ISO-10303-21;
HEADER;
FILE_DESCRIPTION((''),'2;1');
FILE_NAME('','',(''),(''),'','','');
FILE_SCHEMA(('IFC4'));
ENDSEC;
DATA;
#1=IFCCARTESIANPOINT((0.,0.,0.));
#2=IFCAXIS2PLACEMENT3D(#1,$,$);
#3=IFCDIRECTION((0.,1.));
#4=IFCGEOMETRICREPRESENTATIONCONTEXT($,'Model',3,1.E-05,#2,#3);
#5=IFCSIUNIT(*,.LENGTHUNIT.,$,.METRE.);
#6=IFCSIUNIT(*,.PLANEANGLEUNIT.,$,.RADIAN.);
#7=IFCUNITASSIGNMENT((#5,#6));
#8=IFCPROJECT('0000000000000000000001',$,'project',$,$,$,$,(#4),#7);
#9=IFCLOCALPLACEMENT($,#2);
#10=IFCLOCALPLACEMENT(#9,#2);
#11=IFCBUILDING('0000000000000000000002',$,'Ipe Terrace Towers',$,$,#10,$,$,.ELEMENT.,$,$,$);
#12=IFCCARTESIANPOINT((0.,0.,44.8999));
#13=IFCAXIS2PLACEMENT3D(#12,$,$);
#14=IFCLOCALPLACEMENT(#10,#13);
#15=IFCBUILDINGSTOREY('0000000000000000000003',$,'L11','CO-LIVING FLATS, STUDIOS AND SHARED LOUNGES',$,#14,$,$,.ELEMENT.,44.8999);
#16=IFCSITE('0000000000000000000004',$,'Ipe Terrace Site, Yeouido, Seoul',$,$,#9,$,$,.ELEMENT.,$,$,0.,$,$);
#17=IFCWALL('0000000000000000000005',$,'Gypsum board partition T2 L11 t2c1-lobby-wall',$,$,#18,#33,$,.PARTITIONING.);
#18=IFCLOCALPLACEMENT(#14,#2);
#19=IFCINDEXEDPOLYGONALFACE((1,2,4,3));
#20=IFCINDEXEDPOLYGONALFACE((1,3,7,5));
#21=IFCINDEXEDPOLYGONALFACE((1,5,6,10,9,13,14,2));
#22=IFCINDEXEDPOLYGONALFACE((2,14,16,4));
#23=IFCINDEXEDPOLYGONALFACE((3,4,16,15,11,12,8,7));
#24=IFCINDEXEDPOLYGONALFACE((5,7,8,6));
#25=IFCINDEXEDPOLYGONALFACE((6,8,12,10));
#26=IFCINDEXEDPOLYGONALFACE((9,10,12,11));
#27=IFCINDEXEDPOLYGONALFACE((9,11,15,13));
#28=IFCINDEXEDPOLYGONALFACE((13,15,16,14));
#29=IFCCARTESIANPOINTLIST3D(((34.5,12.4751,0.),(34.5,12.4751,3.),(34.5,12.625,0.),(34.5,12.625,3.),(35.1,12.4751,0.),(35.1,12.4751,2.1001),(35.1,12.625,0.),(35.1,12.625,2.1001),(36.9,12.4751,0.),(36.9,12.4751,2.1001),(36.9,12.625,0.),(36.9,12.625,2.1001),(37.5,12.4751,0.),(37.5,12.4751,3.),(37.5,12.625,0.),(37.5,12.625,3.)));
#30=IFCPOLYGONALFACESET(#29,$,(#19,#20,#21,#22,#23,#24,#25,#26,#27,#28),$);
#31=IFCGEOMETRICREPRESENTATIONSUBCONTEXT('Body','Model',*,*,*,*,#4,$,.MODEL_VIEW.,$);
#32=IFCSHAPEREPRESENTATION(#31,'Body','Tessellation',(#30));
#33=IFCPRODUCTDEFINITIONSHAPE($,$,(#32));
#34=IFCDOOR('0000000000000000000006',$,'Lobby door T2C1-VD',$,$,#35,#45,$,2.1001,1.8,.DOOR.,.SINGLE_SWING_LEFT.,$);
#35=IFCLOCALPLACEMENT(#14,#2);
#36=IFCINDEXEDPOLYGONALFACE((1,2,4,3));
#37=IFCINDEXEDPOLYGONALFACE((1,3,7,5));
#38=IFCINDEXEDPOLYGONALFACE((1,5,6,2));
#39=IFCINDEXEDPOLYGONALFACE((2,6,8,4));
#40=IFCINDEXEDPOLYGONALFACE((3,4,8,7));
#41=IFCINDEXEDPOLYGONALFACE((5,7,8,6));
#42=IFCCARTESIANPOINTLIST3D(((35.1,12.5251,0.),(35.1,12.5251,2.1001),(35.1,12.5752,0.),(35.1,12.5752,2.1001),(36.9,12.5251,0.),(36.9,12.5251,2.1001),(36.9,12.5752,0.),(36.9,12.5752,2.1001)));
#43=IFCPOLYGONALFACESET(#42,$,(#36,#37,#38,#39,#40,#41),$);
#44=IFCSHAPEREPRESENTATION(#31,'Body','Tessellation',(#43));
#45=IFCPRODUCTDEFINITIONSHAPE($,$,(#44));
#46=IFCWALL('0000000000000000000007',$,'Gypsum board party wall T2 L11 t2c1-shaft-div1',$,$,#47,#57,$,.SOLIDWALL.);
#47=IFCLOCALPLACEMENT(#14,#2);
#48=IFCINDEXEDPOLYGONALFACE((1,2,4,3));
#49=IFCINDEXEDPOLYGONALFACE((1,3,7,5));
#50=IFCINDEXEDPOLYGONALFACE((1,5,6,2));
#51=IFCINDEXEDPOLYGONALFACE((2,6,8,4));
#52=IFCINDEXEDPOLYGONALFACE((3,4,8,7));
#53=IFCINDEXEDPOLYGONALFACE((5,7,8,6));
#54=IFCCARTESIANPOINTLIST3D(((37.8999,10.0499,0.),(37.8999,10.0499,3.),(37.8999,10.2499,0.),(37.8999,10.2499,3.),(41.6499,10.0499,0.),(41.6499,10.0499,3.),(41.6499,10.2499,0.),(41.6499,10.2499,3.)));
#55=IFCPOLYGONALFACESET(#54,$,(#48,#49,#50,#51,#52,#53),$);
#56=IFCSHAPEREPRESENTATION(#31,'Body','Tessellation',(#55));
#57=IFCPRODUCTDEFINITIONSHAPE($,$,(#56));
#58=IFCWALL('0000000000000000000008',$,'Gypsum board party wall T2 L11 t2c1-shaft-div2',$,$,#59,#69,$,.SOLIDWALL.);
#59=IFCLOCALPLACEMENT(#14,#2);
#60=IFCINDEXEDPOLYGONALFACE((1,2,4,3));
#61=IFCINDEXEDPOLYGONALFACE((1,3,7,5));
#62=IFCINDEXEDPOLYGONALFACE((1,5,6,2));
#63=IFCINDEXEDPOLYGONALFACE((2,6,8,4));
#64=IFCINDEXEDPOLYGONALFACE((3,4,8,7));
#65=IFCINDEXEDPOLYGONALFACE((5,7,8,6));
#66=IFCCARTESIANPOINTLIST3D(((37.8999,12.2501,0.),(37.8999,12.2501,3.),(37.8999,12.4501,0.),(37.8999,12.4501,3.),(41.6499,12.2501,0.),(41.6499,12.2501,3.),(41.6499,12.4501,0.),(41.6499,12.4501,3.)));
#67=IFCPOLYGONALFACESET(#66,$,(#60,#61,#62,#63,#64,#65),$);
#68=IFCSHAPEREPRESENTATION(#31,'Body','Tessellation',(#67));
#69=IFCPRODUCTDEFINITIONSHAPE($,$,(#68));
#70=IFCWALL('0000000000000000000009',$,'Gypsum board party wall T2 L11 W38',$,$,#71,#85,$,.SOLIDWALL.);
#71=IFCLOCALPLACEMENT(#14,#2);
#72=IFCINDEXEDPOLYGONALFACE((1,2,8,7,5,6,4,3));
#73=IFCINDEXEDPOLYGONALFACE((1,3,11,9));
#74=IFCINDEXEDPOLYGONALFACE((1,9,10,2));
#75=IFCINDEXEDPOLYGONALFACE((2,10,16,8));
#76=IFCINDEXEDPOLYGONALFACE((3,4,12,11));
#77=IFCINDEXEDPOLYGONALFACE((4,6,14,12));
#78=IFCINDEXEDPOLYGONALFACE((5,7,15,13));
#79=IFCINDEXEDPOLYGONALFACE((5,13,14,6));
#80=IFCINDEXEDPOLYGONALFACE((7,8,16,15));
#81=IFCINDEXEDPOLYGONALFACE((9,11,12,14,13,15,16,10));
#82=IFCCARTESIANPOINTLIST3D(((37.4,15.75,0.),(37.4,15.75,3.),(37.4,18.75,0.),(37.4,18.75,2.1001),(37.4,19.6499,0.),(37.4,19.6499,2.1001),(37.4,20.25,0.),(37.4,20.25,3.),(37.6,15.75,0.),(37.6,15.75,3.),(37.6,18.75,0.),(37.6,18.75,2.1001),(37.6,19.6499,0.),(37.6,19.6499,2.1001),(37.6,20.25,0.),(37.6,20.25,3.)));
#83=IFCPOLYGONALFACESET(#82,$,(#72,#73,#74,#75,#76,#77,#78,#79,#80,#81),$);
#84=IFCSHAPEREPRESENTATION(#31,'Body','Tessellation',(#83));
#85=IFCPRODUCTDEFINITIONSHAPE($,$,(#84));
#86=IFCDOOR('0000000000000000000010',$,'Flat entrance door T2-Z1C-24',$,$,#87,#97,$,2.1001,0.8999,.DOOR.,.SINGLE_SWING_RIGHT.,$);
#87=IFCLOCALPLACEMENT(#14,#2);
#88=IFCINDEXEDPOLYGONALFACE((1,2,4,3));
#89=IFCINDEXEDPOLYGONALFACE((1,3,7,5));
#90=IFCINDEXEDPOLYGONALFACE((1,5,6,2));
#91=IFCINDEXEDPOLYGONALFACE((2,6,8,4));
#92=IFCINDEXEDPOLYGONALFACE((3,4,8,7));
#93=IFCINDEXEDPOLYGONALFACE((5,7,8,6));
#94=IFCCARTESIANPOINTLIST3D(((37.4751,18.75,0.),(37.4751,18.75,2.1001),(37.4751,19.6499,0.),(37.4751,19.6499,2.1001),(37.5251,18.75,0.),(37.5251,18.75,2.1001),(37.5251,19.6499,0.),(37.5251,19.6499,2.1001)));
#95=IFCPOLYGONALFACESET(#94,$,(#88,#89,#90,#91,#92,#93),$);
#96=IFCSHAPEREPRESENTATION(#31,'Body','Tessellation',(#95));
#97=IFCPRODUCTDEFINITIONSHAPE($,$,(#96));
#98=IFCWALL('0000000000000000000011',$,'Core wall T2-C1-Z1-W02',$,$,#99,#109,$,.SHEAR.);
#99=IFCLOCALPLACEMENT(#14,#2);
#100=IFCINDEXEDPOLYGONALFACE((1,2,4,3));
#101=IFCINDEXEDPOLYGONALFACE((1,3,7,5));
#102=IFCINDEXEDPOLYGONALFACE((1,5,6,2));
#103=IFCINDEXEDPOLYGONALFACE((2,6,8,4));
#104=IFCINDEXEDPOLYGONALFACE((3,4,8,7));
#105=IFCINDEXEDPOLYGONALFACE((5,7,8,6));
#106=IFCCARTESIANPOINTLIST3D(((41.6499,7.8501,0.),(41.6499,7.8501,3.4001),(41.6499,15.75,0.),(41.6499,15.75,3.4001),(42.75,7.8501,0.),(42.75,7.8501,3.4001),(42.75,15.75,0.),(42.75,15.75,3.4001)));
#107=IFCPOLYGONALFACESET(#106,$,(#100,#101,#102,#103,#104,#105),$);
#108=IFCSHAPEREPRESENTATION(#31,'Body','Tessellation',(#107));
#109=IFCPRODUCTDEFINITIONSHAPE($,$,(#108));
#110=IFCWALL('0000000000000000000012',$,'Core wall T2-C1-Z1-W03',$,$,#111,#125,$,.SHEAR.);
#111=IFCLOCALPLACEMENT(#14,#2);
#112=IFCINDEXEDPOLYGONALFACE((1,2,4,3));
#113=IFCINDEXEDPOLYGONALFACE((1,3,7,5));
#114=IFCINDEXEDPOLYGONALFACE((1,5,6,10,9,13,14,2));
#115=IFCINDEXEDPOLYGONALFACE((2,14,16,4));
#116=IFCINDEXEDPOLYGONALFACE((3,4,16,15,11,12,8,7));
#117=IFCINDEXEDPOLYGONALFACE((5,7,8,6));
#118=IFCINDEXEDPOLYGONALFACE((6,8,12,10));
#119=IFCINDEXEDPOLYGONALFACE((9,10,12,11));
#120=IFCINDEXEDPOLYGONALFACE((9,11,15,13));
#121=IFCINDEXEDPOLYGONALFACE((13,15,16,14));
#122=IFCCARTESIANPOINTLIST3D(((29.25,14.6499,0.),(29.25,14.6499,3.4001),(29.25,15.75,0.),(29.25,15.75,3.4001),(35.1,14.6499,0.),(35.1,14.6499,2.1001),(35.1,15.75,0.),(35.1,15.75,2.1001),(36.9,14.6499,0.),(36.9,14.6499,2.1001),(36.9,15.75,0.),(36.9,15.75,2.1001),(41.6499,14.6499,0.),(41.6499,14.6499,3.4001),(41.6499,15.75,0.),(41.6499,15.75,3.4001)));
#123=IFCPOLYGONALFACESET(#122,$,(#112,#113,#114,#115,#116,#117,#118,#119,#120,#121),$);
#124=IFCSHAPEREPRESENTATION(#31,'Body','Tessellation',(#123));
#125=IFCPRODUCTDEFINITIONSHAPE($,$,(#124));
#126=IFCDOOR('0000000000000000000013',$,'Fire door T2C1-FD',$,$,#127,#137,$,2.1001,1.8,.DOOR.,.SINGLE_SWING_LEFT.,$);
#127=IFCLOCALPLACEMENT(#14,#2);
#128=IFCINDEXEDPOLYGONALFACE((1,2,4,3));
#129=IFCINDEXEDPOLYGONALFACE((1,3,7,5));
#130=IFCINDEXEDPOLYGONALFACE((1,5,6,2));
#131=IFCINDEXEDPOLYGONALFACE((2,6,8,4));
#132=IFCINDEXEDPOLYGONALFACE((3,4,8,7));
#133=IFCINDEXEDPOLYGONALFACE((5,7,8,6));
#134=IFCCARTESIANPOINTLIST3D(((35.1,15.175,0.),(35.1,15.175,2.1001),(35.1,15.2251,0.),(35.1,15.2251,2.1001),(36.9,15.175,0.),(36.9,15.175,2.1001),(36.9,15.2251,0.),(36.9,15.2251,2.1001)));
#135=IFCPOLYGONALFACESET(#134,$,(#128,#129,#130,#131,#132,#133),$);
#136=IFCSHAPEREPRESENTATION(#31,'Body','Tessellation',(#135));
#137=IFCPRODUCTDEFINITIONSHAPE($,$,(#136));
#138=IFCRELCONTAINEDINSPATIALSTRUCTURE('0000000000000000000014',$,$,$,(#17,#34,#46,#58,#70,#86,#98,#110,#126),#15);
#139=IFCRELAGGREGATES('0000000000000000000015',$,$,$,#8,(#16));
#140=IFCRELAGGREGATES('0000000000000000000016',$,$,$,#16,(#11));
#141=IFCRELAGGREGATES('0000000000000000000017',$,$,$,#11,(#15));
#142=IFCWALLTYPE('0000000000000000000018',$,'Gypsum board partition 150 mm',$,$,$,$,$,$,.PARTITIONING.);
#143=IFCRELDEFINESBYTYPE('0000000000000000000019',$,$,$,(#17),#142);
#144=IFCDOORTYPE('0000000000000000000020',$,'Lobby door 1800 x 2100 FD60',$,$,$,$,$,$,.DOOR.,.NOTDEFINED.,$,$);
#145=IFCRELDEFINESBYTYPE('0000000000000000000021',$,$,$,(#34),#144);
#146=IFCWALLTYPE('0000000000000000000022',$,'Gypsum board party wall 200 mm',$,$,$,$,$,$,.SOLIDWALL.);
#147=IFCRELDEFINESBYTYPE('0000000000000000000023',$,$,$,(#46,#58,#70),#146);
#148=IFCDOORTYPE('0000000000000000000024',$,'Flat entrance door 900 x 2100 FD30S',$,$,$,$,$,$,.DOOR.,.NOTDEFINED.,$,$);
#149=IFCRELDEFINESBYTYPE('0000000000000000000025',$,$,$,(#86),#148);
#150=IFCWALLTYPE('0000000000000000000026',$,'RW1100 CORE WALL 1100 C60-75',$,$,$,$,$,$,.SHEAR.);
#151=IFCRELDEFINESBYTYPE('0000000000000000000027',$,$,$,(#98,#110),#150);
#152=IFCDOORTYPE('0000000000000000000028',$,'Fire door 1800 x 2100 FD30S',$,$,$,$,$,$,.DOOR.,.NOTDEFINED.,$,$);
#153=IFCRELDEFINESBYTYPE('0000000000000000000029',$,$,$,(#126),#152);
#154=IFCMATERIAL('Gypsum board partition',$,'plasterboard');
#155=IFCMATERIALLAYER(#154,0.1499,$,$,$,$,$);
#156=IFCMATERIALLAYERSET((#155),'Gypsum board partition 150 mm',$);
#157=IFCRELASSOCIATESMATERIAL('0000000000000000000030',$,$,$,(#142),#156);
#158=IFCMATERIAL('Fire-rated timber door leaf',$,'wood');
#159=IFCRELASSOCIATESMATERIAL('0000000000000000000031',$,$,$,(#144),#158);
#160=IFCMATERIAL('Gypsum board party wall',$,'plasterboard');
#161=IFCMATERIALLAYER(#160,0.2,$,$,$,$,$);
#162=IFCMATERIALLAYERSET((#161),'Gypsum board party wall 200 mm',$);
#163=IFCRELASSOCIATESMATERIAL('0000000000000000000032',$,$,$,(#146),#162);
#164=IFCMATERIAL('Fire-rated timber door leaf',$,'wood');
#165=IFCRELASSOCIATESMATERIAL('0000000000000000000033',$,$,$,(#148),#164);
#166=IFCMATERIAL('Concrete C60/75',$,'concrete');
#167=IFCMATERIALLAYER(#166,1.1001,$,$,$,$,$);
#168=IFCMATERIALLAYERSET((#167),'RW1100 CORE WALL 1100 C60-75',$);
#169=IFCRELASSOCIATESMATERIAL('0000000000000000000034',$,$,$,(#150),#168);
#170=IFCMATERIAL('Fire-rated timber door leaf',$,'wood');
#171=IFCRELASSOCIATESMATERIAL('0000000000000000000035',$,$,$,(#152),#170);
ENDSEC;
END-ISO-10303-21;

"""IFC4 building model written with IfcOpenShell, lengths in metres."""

from ifc_helpers import new_model, si_unit, direction, frame, frame_2d, origin, place, context, subcontext, project, spatial, rectangle, extrude, material, layer, layer_set, type_object, element, fill, save


model = new_model("IFC4")

# Units and contexts
model_context = context("Model", 3, precision=1e-05, world=origin(), true_north=direction((0.0, 1.0)))
body_context = subcontext(model_context, "Body", "Model", "MODEL_VIEW")
ifc_project = project(units=[si_unit("LENGTHUNIT", "METRE"), si_unit("PLANEANGLEUNIT", "RADIAN")], contexts=[model_context])

# Site, building, storey
site_placement = place(None, origin())
site = spatial("IfcSite", under=ifc_project, at=site_placement, Name="Ipe Terrace Site, Yeouido, Seoul", CompositionType="ELEMENT", RefElevation=0.0)
building_placement = place(site_placement, origin())
building = spatial("IfcBuilding", under=site, at=building_placement, Name="Ipe Terrace Towers", CompositionType="ELEMENT")
storey_placement = place(building_placement, frame((0.0, 0.0, 44.8999)))
storey = spatial("IfcBuildingStorey", under=building, at=storey_placement, Name="L11", Description="CO-LIVING FLATS, STUDIOS AND SHARED LOUNGES", CompositionType="ELEMENT", Elevation=44.8999)

# Wall, opening, door
ifc_material_1 = material(Name="Gypsum board partition", Category="plasterboard")
ifc_layer_1 = layer(ifc_material_1, 0.1499)
ifc_layer_set_1 = layer_set([ifc_layer_1], Name="Gypsum board partition 150 mm")
wall_type_1 = type_object("IfcWallType", Name="Gypsum board partition 150 mm", PredefinedType="PARTITIONING", material=ifc_layer_set_1)
wall_1_placement = place(storey_placement, frame((37.5, 12.55, 0.0), z_axis=(0.0, 0.0, 1.0), x_axis=(-1.0, 0.0, 0.0)))
wall_1 = element("IfcWall", 1, at=wall_1_placement, inside=storey, type_object=wall_type_1, Name="Gypsum board partition T2 L11 t2c1-lobby-wall", PredefinedType="PARTITIONING", context=body_context, shape_type="SweptSolid", body=[
    extrude(rectangle(XDim=3.0, YDim=0.1499, at=frame_2d((1.5, 0.0))), origin(), (0.0, 0.0, 1.0), 3.0),
])
opening_1_placement = place(wall_1_placement, frame((0.6001, 0.0, 0.0)))
opening_1 = element("IfcOpeningElement", 2, at=opening_1_placement, cuts=wall_1, PredefinedType="OPENING", context=body_context, shape_type="SweptSolid", body=[
    extrude(rectangle(XDim=1.8, YDim=2.1001, at=frame_2d((0.8999, 1.05))), frame((0.0, 0.085, 0.0), z_axis=(0.0, -1.0, 0.0), x_axis=(1.0, 0.0, 0.0)), (0.0, 0.0, 1.0), 0.1699),
])
ifc_material_2 = material(Name="Fire-rated timber door leaf", Category="wood")
door_type_1 = type_object("IfcDoorType", Name="Lobby door 1800 x 2100 FD60", OperationType="NOTDEFINED", PredefinedType="DOOR", material=ifc_material_2)
door_1_placement = place(opening_1_placement, origin())
door_1 = element("IfcDoor", 3, at=door_1_placement, inside=storey, type_object=door_type_1, Name="Lobby door T2C1-VD", OperationType="SINGLE_SWING_LEFT", OverallHeight=2.1001, OverallWidth=1.8, PredefinedType="DOOR", context=body_context, shape_type="SweptSolid", body=[
    extrude(rectangle(XDim=1.8, YDim=2.1001, at=frame_2d((0.8999, 1.05))), frame((0.0, 0.0249, 0.0), z_axis=(0.0, -1.0, 0.0), x_axis=(1.0, 0.0, 0.0)), (0.0, 0.0, 1.0), 0.05),
])
fill(opening_1, door_1)

# Walls
ifc_material_3 = material(Name="Gypsum board party wall", Category="plasterboard")
ifc_layer_2 = layer(ifc_material_3, 0.2)
ifc_layer_set_2 = layer_set([ifc_layer_2], Name="Gypsum board party wall 200 mm")
wall_type_2 = type_object("IfcWallType", Name="Gypsum board party wall 200 mm", PredefinedType="SOLIDWALL", material=ifc_layer_set_2)
for number, where, z_axis, x_axis, name in (
    (4, (41.6499, 10.1499, 0.0), (0.0, 0.0, 1.0), (-1.0, 0.0, 0.0), "Gypsum board party wall T2 L11 t2c1-shaft-div1"),
    (5, (41.6499, 12.3501, 0.0), (0.0, 0.0, 1.0), (-1.0, 0.0, 0.0), "Gypsum board party wall T2 L11 t2c1-shaft-div2"),
):
    element("IfcWall", number, at=place(storey_placement, frame(where, z_axis=z_axis, x_axis=x_axis)), inside=storey, type_object=wall_type_2, Name=name, PredefinedType="SOLIDWALL", context=body_context, shape_type="SweptSolid", body=[
        extrude(rectangle(XDim=3.75, YDim=0.2, at=frame_2d((1.875, 0.0))), origin(), (0.0, 0.0, 1.0), 3.0),
    ])

# Wall, opening, door
wall_2_placement = place(storey_placement, frame((37.5, 15.75, 0.0), z_axis=(0.0, 0.0, 1.0), x_axis=(0.0, 1.0, 0.0)))
wall_2 = element("IfcWall", 6, at=wall_2_placement, inside=storey, type_object=wall_type_2, Name="Gypsum board party wall T2 L11 W38", PredefinedType="SOLIDWALL", context=body_context, shape_type="SweptSolid", body=[
    extrude(rectangle(XDim=4.5, YDim=0.2, at=frame_2d((2.25, 0.0))), origin(), (0.0, 0.0, 1.0), 3.0),
])
opening_2_placement = place(wall_2_placement, frame((3.0, 0.0, 0.0)))
opening_2 = element("IfcOpeningElement", 7, at=opening_2_placement, cuts=wall_2, PredefinedType="OPENING", context=body_context, shape_type="SweptSolid", body=[
    extrude(rectangle(XDim=0.8999, YDim=2.1001, at=frame_2d((0.45, 1.05))), frame((0.0, 0.1099, 0.0), z_axis=(0.0, -1.0, 0.0), x_axis=(1.0, 0.0, 0.0)), (0.0, 0.0, 1.0), 0.22),
])
ifc_material_4 = material(Name="Fire-rated timber door leaf", Category="wood")
door_type_2 = type_object("IfcDoorType", Name="Flat entrance door 900 x 2100 FD30S", OperationType="NOTDEFINED", PredefinedType="DOOR", material=ifc_material_4)
door_2_placement = place(opening_2_placement, origin())
door_2 = element("IfcDoor", 8, at=door_2_placement, inside=storey, type_object=door_type_2, Name="Flat entrance door T2-Z1C-24", OperationType="SINGLE_SWING_RIGHT", OverallHeight=2.1001, OverallWidth=0.8999, PredefinedType="DOOR", context=body_context, shape_type="SweptSolid", body=[
    extrude(rectangle(XDim=0.8999, YDim=2.1001, at=frame_2d((0.45, 1.05))), frame((0.0, 0.0249, 0.0), z_axis=(0.0, -1.0, 0.0), x_axis=(1.0, 0.0, 0.0)), (0.0, 0.0, 1.0), 0.05),
])
fill(opening_2, door_2)

# Wall
ifc_material_5 = material(Name="Concrete C60/75", Category="concrete")
ifc_layer_3 = layer(ifc_material_5, 1.1001)
ifc_layer_set_3 = layer_set([ifc_layer_3], Name="RW1100 CORE WALL 1100 C60-75")
wall_type_3 = type_object("IfcWallType", Name="RW1100 CORE WALL 1100 C60-75", PredefinedType="SHEAR", material=ifc_layer_set_3)
wall_3_placement = place(storey_placement, frame((42.2, 7.8501, 0.0), z_axis=(0.0, 0.0, 1.0), x_axis=(0.0, 1.0, 0.0)))
element("IfcWall", 9, at=wall_3_placement, inside=storey, type_object=wall_type_3, Name="Core wall T2-C1-Z1-W02", PredefinedType="SHEAR", context=body_context, shape_type="SweptSolid", body=[
    extrude(rectangle(XDim=7.8999, YDim=1.1001, at=frame_2d((3.95, 0.0))), origin(), (0.0, 0.0, 1.0), 3.4001),
])

# Wall, opening, door
wall_4_placement = place(storey_placement, frame((41.6499, 15.2, 0.0), z_axis=(0.0, 0.0, 1.0), x_axis=(-1.0, 0.0, 0.0)))
wall_4 = element("IfcWall", 10, at=wall_4_placement, inside=storey, type_object=wall_type_3, Name="Core wall T2-C1-Z1-W03", PredefinedType="SHEAR", context=body_context, shape_type="SweptSolid", body=[
    extrude(rectangle(XDim=12.3999, YDim=1.1001, at=frame_2d((6.2, 0.0))), origin(), (0.0, 0.0, 1.0), 3.4001),
])
opening_3_placement = place(wall_4_placement, frame((4.75, 0.0, 0.0)))
opening_3 = element("IfcOpeningElement", 11, at=opening_3_placement, cuts=wall_4, PredefinedType="OPENING", context=body_context, shape_type="SweptSolid", body=[
    extrude(rectangle(XDim=1.8, YDim=2.1001, at=frame_2d((0.8999, 1.05))), frame((0.0, 0.5601, 0.0), z_axis=(0.0, -1.0, 0.0), x_axis=(1.0, 0.0, 0.0)), (0.0, 0.0, 1.0), 1.1201),
])
ifc_material_6 = material(Name="Fire-rated timber door leaf", Category="wood")
door_type_3 = type_object("IfcDoorType", Name="Fire door 1800 x 2100 FD30S", OperationType="NOTDEFINED", PredefinedType="DOOR", material=ifc_material_6)
door_3_placement = place(opening_3_placement, origin())
door_3 = element("IfcDoor", 12, at=door_3_placement, inside=storey, type_object=door_type_3, Name="Fire door T2C1-FD", OperationType="SINGLE_SWING_LEFT", OverallHeight=2.1001, OverallWidth=1.8, PredefinedType="DOOR", context=body_context, shape_type="SweptSolid", body=[
    extrude(rectangle(XDim=1.8, YDim=2.1001, at=frame_2d((0.8999, 1.05))), frame((0.0, 0.0249, 0.0), z_axis=(0.0, -1.0, 0.0), x_axis=(1.0, 0.0, 0.0)), (0.0, 0.0, 1.0), 0.05),
])
fill(opening_3, door_3)

save(model, "model.ifc")
